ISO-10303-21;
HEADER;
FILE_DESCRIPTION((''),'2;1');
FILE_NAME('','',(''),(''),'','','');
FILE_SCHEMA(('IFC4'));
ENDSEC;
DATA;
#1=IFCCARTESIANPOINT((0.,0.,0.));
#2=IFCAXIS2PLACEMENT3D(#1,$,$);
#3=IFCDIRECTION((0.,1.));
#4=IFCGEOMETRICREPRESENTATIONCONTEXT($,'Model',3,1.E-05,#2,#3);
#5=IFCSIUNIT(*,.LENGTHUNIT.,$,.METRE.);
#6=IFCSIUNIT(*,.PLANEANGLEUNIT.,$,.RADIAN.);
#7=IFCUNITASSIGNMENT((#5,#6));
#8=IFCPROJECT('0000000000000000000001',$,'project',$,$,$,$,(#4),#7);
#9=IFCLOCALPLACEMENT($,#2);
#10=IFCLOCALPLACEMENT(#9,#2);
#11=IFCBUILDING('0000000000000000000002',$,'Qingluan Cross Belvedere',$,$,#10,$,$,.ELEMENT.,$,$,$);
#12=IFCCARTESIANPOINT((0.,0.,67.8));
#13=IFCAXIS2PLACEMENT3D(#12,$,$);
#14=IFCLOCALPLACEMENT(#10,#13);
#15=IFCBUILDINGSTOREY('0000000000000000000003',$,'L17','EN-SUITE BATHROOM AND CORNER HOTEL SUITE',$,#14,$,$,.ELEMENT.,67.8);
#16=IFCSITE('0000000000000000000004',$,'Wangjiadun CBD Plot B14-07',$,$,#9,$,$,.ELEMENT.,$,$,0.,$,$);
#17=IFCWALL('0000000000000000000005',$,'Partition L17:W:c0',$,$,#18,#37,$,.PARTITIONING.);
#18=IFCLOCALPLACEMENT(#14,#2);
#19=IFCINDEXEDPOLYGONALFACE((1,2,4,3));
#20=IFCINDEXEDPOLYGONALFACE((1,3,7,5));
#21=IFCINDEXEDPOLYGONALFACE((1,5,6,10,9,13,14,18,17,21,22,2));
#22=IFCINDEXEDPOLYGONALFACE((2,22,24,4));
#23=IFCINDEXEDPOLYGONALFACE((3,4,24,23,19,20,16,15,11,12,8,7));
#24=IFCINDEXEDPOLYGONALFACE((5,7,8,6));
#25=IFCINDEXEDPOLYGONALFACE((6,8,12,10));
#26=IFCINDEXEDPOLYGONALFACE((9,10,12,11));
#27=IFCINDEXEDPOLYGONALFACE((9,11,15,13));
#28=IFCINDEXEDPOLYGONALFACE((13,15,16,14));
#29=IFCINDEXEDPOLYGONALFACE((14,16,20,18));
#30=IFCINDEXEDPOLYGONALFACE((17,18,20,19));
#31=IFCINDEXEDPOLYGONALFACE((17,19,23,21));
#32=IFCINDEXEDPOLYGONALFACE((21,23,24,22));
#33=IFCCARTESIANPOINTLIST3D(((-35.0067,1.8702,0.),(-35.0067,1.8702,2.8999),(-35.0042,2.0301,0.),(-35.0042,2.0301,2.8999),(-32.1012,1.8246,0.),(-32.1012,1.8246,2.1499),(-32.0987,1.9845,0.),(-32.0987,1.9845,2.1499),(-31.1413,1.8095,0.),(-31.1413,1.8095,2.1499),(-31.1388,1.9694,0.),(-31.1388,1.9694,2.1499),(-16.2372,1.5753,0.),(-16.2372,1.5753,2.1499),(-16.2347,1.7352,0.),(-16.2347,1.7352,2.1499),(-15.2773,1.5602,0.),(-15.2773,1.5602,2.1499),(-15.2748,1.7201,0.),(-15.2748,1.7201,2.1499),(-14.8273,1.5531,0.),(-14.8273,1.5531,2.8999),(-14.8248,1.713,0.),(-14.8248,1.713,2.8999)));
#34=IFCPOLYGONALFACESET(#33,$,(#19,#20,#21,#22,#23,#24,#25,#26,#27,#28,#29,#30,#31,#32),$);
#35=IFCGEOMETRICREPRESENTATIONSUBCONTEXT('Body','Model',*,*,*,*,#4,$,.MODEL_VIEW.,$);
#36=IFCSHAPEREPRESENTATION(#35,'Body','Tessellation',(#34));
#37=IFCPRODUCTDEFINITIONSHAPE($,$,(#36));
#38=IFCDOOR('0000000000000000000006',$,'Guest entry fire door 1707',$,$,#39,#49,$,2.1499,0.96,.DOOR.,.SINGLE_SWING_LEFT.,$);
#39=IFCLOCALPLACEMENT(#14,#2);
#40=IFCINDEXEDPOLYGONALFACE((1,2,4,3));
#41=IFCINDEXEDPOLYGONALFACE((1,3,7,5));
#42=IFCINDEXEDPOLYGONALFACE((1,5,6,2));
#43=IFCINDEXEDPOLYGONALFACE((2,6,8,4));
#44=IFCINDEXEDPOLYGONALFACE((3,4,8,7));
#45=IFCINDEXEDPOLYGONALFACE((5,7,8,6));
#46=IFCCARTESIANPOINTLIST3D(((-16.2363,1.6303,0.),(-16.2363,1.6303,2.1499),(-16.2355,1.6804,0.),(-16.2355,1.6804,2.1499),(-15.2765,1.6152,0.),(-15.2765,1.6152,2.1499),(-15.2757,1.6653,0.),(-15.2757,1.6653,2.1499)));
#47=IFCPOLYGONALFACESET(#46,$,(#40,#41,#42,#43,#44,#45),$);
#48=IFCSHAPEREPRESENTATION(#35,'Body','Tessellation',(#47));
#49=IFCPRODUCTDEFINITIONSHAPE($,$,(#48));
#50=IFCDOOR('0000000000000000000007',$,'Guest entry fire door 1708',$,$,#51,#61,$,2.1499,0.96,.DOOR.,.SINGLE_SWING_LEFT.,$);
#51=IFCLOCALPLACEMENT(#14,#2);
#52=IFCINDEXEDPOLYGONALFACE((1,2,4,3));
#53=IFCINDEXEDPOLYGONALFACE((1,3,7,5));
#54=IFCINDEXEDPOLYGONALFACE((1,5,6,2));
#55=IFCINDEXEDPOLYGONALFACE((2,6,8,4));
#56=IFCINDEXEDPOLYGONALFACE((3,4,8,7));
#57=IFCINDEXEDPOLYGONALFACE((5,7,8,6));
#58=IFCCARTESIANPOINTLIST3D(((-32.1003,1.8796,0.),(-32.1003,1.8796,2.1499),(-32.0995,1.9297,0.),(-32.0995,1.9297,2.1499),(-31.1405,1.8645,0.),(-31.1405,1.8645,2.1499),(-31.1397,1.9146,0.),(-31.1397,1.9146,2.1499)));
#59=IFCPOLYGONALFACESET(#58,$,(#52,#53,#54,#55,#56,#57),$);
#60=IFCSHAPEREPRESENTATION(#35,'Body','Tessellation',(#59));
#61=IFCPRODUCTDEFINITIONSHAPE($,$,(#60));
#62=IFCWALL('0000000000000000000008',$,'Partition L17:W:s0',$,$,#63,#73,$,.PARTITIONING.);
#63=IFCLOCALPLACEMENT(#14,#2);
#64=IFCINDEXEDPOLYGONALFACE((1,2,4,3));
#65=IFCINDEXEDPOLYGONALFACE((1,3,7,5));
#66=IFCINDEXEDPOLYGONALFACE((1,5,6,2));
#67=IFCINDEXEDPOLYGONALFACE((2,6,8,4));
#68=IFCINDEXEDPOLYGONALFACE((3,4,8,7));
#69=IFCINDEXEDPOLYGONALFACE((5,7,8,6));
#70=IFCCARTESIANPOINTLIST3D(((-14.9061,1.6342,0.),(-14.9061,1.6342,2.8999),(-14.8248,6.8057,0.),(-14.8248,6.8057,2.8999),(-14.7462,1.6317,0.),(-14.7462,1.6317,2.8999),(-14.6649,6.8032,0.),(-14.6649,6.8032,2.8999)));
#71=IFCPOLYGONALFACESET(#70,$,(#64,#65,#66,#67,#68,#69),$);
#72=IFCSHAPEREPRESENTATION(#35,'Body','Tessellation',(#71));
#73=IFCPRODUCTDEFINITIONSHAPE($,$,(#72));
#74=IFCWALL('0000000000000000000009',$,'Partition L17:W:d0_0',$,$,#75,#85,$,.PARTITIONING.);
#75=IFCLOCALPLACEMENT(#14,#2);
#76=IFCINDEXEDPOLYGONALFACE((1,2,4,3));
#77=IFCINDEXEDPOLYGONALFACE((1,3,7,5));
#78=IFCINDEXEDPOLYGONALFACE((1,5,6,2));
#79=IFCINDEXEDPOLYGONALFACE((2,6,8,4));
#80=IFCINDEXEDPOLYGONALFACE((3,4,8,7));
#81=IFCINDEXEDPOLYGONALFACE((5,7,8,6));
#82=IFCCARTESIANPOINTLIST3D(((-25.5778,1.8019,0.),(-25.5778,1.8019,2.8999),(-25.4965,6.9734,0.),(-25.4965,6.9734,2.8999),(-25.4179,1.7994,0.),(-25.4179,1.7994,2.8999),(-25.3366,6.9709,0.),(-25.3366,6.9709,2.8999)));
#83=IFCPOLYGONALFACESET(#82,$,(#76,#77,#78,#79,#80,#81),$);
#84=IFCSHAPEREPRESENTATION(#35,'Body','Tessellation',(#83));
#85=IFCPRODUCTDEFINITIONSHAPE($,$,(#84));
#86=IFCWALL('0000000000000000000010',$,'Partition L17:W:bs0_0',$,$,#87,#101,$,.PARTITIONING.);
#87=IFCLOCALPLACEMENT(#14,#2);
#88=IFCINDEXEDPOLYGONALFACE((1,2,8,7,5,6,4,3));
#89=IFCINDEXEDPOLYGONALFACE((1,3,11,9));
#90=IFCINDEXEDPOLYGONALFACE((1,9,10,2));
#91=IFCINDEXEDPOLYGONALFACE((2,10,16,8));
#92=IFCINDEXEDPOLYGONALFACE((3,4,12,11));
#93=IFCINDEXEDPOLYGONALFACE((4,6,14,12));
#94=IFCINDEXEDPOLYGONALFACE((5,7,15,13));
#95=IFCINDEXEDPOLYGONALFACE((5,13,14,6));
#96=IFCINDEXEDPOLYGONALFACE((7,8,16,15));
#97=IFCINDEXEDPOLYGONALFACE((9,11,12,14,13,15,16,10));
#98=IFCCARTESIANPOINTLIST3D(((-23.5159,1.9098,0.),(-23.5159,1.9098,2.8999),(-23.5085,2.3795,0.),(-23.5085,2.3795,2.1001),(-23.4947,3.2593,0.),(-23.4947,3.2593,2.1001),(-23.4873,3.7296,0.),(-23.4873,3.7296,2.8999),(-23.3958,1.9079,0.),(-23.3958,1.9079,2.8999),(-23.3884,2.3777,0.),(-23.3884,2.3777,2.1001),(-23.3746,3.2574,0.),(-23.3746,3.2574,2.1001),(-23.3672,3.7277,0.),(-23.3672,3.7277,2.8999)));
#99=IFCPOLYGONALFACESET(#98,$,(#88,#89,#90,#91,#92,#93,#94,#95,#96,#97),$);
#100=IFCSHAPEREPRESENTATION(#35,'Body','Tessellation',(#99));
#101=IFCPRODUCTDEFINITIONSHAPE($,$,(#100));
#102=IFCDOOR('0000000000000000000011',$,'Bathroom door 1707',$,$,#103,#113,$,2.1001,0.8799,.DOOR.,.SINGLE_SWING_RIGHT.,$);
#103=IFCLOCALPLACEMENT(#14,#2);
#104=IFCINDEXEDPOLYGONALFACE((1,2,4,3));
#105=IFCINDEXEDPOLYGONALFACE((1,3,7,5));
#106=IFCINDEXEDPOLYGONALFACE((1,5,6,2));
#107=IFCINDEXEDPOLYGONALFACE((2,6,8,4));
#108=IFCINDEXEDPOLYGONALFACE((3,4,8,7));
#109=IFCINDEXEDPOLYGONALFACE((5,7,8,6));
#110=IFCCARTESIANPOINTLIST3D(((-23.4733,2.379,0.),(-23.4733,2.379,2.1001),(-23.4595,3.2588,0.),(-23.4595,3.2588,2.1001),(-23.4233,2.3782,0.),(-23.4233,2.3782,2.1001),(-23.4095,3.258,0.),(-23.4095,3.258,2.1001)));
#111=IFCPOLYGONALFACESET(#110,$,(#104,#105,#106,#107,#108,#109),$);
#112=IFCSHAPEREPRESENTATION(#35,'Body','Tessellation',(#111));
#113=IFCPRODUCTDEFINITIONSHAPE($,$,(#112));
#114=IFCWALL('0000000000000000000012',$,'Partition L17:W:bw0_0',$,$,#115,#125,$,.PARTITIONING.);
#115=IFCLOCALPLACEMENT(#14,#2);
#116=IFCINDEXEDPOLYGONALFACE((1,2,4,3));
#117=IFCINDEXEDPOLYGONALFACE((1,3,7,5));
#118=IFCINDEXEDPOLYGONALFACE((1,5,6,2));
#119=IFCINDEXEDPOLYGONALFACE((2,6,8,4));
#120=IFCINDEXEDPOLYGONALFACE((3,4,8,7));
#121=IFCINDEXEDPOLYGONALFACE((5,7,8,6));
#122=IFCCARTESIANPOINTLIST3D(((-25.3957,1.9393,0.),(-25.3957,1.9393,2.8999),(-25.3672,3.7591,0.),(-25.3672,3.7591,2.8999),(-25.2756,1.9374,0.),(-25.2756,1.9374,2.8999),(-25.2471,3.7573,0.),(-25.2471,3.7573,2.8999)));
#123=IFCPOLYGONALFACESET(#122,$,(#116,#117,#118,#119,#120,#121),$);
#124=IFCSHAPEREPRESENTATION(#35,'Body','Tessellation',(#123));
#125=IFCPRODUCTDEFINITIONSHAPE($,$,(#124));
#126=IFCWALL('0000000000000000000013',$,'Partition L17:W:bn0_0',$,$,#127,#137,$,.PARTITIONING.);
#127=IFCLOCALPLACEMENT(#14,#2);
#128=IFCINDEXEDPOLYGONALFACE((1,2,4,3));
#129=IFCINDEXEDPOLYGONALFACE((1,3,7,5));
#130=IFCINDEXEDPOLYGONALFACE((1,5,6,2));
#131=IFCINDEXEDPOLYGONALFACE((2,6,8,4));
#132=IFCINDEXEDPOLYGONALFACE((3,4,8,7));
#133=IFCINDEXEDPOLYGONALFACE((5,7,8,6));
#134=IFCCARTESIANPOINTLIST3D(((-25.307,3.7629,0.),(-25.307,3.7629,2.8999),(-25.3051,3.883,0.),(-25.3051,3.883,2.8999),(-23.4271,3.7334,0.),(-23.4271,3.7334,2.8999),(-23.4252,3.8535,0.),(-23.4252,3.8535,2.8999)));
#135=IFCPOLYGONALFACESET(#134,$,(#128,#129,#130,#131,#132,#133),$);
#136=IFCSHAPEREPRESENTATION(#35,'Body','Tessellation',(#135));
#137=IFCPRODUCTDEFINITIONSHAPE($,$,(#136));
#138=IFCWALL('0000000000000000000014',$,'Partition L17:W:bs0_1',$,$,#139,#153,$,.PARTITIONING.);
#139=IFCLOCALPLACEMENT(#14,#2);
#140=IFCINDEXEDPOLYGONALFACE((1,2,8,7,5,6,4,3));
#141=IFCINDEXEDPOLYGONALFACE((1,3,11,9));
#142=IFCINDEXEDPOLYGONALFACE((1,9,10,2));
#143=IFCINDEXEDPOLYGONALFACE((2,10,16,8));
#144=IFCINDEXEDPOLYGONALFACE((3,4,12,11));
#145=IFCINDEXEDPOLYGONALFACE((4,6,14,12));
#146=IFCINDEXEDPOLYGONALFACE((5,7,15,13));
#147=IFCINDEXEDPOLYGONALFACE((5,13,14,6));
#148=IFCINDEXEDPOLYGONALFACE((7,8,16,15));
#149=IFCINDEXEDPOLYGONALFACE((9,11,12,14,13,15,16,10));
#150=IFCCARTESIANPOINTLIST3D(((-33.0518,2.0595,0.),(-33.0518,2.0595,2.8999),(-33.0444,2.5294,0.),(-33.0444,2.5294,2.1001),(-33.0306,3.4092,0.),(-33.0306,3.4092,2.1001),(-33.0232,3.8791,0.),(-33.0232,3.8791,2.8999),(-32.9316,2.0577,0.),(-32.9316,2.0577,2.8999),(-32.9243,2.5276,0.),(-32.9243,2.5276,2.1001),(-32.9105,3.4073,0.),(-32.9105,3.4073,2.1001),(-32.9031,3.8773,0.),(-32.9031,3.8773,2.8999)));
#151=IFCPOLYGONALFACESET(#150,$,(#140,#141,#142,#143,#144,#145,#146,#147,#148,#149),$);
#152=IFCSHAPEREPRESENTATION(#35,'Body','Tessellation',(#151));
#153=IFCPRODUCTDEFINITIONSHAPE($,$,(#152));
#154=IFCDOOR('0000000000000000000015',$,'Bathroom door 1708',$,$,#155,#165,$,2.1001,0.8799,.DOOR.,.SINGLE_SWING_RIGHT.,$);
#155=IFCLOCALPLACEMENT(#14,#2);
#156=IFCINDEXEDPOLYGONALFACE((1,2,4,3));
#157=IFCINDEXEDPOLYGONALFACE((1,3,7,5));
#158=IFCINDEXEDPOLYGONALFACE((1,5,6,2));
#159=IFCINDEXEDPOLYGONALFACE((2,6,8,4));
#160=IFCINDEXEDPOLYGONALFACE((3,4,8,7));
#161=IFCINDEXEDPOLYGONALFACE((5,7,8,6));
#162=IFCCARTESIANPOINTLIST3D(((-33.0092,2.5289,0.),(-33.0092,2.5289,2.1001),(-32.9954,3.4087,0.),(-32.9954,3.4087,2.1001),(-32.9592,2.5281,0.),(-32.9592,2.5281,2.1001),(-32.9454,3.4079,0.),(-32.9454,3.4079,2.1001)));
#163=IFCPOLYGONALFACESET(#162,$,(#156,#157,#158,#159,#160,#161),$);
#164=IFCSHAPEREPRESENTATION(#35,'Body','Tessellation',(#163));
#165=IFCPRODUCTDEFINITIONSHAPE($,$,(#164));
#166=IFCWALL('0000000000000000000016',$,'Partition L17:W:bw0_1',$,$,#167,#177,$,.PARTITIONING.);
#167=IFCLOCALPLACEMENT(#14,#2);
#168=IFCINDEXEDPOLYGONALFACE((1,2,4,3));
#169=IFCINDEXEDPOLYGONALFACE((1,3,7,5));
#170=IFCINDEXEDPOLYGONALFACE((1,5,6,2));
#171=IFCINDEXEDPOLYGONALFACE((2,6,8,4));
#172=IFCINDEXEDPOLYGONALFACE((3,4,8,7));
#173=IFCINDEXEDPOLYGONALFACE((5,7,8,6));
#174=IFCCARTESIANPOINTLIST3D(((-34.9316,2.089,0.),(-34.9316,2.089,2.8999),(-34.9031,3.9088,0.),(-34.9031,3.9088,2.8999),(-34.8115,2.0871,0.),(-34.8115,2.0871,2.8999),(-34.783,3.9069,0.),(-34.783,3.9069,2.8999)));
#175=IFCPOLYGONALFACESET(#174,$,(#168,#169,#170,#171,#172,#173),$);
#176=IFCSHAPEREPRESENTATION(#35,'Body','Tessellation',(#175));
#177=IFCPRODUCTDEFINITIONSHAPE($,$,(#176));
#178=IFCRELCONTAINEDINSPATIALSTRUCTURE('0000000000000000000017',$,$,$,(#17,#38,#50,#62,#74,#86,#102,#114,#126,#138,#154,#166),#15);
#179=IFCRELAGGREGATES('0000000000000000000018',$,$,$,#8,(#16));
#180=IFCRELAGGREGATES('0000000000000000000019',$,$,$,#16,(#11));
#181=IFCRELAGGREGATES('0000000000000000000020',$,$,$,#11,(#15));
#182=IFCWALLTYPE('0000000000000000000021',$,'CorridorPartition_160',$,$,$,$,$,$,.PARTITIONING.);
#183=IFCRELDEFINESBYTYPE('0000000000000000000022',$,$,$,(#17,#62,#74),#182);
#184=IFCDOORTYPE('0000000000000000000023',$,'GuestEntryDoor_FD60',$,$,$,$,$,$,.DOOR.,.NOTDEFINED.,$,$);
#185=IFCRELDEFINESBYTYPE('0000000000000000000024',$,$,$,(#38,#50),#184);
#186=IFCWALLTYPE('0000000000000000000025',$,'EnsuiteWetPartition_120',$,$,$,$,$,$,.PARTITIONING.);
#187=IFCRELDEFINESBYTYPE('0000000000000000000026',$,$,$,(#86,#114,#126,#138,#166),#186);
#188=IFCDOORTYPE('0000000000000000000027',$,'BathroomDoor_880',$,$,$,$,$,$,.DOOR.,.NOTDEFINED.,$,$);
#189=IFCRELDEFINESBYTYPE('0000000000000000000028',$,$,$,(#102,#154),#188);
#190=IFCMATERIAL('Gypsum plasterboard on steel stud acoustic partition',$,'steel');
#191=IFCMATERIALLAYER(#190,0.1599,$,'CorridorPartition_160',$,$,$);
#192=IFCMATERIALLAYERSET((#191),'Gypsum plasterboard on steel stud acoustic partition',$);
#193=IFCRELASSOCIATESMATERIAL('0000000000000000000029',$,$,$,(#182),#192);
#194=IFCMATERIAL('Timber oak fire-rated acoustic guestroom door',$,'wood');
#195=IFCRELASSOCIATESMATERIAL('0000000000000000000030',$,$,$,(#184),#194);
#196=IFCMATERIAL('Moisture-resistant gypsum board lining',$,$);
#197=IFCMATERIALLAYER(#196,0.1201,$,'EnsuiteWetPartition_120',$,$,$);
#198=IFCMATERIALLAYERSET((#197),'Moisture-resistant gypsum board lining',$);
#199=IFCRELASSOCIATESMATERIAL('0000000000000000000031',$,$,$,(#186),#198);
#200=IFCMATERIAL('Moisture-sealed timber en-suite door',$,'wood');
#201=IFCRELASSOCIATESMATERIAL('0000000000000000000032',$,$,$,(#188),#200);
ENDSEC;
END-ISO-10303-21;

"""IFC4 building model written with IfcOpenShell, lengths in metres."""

from ifc_helpers import new_model, si_unit, direction, frame, frame_2d, origin, place, context, subcontext, project, spatial, rectangle, extrude, material, layer, layer_set, type_object, element, fill, save


model = new_model("IFC4")

# Units and contexts
model_context = context("Model", 3, precision=1e-05, world=origin(), true_north=direction((0.0, 1.0)))
body_context = subcontext(model_context, "Body", "Model", "MODEL_VIEW")
ifc_project = project(units=[si_unit("LENGTHUNIT", "METRE"), si_unit("PLANEANGLEUNIT", "RADIAN")], contexts=[model_context])

# Site, building, storey
site_placement = place(None, origin())
site = spatial("IfcSite", under=ifc_project, at=site_placement, Name="Wangjiadun CBD Plot B14-07", CompositionType="ELEMENT", RefElevation=0.0)
building_placement = place(site_placement, origin())
building = spatial("IfcBuilding", under=site, at=building_placement, Name="Qingluan Cross Belvedere", CompositionType="ELEMENT")
storey_placement = place(building_placement, frame((0.0, 0.0, 67.8)))
storey = spatial("IfcBuildingStorey", under=building, at=storey_placement, Name="L17", Description="EN-SUITE BATHROOM AND CORNER HOTEL SUITE", CompositionType="ELEMENT", Elevation=67.8)

# Wall, openings, doors
ifc_material_1 = material(Name="Gypsum plasterboard on steel stud acoustic partition", Category="steel")
ifc_layer_1 = layer(ifc_material_1, 0.1599, Name="CorridorPartition_160")
ifc_layer_set_1 = layer_set([ifc_layer_1], Name="Gypsum plasterboard on steel stud acoustic partition")
wall_type_1 = type_object("IfcWallType", Name="CorridorPartition_160", PredefinedType="PARTITIONING", material=ifc_layer_set_1)
wall_1_placement = place(storey_placement, frame((-14.8262, 1.6331, 0.0), z_axis=(0.0, 0.0, 1.0), x_axis=(-0.999877, 0.015714, 0.0)))
wall_1 = element("IfcWall", 1, at=wall_1_placement, inside=storey, type_object=wall_type_1, Name="Partition L17:W:c0", PredefinedType="PARTITIONING", context=body_context, shape_type="SweptSolid", body=[
    extrude(rectangle(XDim=20.1819, YDim=0.1599, at=frame_2d((10.0908, 0.0))), origin(), (0.0, 0.0, 1.0), 2.8999),
])
opening_1_placement = place(wall_1_placement, frame((0.45, 0.0, 0.0)))
opening_1 = element("IfcOpeningElement", 2, at=opening_1_placement, cuts=wall_1, PredefinedType="OPENING", context=body_context, shape_type="SweptSolid", body=[
    extrude(rectangle(XDim=0.96, YDim=2.1499, at=frame_2d((0.48, 1.075))), frame((0.0, 0.0898, 0.0), z_axis=(0.0, -1.0, 0.0), x_axis=(1.0, 0.0, 0.0)), (0.0, 0.0, 1.0), 0.1799),
])
opening_2_placement = place(wall_1_placement, frame((16.3159, 0.0, 0.0)))
opening_2 = element("IfcOpeningElement", 3, at=opening_2_placement, cuts=wall_1, PredefinedType="OPENING", context=body_context, shape_type="SweptSolid", body=[
    extrude(rectangle(XDim=0.96, YDim=2.1499, at=frame_2d((0.48, 1.075))), frame((0.0, 0.0898, 0.0), z_axis=(0.0, -1.0, 0.0), x_axis=(1.0, 0.0, 0.0)), (0.0, 0.0, 1.0), 0.1799),
])
ifc_material_2 = material(Name="Timber oak fire-rated acoustic guestroom door", Category="wood")
door_type_1 = type_object("IfcDoorType", Name="GuestEntryDoor_FD60", OperationType="NOTDEFINED", PredefinedType="DOOR", material=ifc_material_2)
door_1_placement = place(opening_1_placement, origin())
door_1 = element("IfcDoor", 4, at=door_1_placement, inside=storey, type_object=door_type_1, Name="Guest entry fire door 1707", OperationType="SINGLE_SWING_LEFT", OverallHeight=2.1499, OverallWidth=0.96, PredefinedType="DOOR", context=body_context, shape_type="SweptSolid", body=[
    extrude(rectangle(XDim=0.96, YDim=2.1499, at=frame_2d((0.48, 1.075))), frame((0.0, 0.0249, 0.0), z_axis=(0.0, -1.0, 0.0), x_axis=(1.0, 0.0, 0.0)), (0.0, 0.0, 1.0), 0.05),
])
fill(opening_1, door_1)
door_2_placement = place(opening_2_placement, origin())
door_2 = element("IfcDoor", 5, at=door_2_placement, inside=storey, type_object=door_type_1, Name="Guest entry fire door 1708", OperationType="SINGLE_SWING_LEFT", OverallHeight=2.1499, OverallWidth=0.96, PredefinedType="DOOR", context=body_context, shape_type="SweptSolid", body=[
    extrude(rectangle(XDim=0.96, YDim=2.1499, at=frame_2d((0.48, 1.075))), frame((0.0, 0.0249, 0.0), z_axis=(0.0, -1.0, 0.0), x_axis=(1.0, 0.0, 0.0)), (0.0, 0.0, 1.0), 0.05),
])
fill(opening_2, door_2)

# Walls
for number, where, z_axis, x_axis, name in (
    (6, (-14.8262, 1.6331, 0.0), (0.0, 0.0, 1.0), (0.015719, 0.999876, 0.0), "Partition L17:W:s0"),
    (7, (-25.4978, 1.8008, 0.0), (0.0, 0.0, 1.0), (0.015719, 0.999876, 0.0), "Partition L17:W:d0_0"),
):
    element("IfcWall", number, at=place(storey_placement, frame(where, z_axis=z_axis, x_axis=x_axis)), inside=storey, type_object=wall_type_1, Name=name, PredefinedType="PARTITIONING", context=body_context, shape_type="SweptSolid", body=[
        extrude(rectangle(XDim=5.1721, YDim=0.1599, at=frame_2d((2.5859, 0.0))), origin(), (0.0, 0.0, 1.0), 2.8999),
    ])

# Wall, opening, door
ifc_material_3 = material(Name="Moisture-resistant gypsum board lining")
ifc_layer_2 = layer(ifc_material_3, 0.1201, Name="EnsuiteWetPartition_120")
ifc_layer_set_2 = layer_set([ifc_layer_2], Name="Moisture-resistant gypsum board lining")
wall_type_2 = type_object("IfcWallType", Name="EnsuiteWetPartition_120", PredefinedType="PARTITIONING", material=ifc_layer_set_2)
wall_2_placement = place(storey_placement, frame((-23.4558, 1.9087, 0.0), z_axis=(0.0, 0.0, 1.0), x_axis=(0.015694, 0.999877, 0.0)))
wall_2 = element("IfcWall", 8, at=wall_2_placement, inside=storey, type_object=wall_type_2, Name="Partition L17:W:bs0_0", PredefinedType="PARTITIONING", context=body_context, shape_type="SweptSolid", body=[
    extrude(rectangle(XDim=1.8201, YDim=0.1201, at=frame_2d((0.9102, 0.0))), origin(), (0.0, 0.0, 1.0), 2.8999),
])
opening_3_placement = place(wall_2_placement, frame((0.47, 0.0, 0.0)))
opening_3 = element("IfcOpeningElement", 9, at=opening_3_placement, cuts=wall_2, PredefinedType="OPENING", context=body_context, shape_type="SweptSolid", body=[
    extrude(rectangle(XDim=0.8799, YDim=2.1001, at=frame_2d((0.4399, 1.05))), frame((0.0, 0.0701, 0.0), z_axis=(0.0, -1.0, 0.0), x_axis=(1.0, 0.0, 0.0)), (0.0, 0.0, 1.0), 0.1401),
])
ifc_material_4 = material(Name="Moisture-sealed timber en-suite door", Category="wood")
door_type_2 = type_object("IfcDoorType", Name="BathroomDoor_880", OperationType="NOTDEFINED", PredefinedType="DOOR", material=ifc_material_4)
door_3_placement = place(opening_3_placement, origin())
door_3 = element("IfcDoor", 10, at=door_3_placement, inside=storey, type_object=door_type_2, Name="Bathroom door 1707", OperationType="SINGLE_SWING_RIGHT", OverallHeight=2.1001, OverallWidth=0.8799, PredefinedType="DOOR", context=body_context, shape_type="SweptSolid", body=[
    extrude(rectangle(XDim=0.8799, YDim=2.1001, at=frame_2d((0.4399, 1.05))), frame((0.0, 0.0249, 0.0), z_axis=(0.0, -1.0, 0.0), x_axis=(1.0, 0.0, 0.0)), (0.0, 0.0, 1.0), 0.05),
])
fill(opening_3, door_3)

# Walls
wall_3_placement = place(storey_placement, frame((-25.3357, 1.9382, 0.0), z_axis=(0.0, 0.0, 1.0), x_axis=(0.015694, 0.999877, 0.0)))
element("IfcWall", 11, at=wall_3_placement, inside=storey, type_object=wall_type_2, Name="Partition L17:W:bw0_0", PredefinedType="PARTITIONING", context=body_context, shape_type="SweptSolid", body=[
    extrude(rectangle(XDim=1.8201, YDim=0.1201, at=frame_2d((0.9102, 0.0))), origin(), (0.0, 0.0, 1.0), 2.8999),
])
wall_4_placement = place(storey_placement, frame((-23.4263, 3.7935, 0.0), z_axis=(0.0, 0.0, 1.0), x_axis=(-0.999877, 0.015712, 0.0)))
element("IfcWall", 12, at=wall_4_placement, inside=storey, type_object=wall_type_2, Name="Partition L17:W:bn0_0", PredefinedType="PARTITIONING", context=body_context, shape_type="SweptSolid", body=[
    extrude(rectangle(XDim=1.8801, YDim=0.1201, at=frame_2d((0.9399, 0.0))), origin(), (0.0, 0.0, 1.0), 2.8999),
])

# Wall, opening, door
wall_5_placement = place(storey_placement, frame((-32.9917, 2.0586, 0.0), z_axis=(0.0, 0.0, 1.0), x_axis=(0.015696, 0.999877, 0.0)))
wall_5 = element("IfcWall", 13, at=wall_5_placement, inside=storey, type_object=wall_type_2, Name="Partition L17:W:bs0_1", PredefinedType="PARTITIONING", context=body_context, shape_type="SweptSolid", body=[
    extrude(rectangle(XDim=1.8198, YDim=0.1201, at=frame_2d((0.9099, 0.0))), origin(), (0.0, 0.0, 1.0), 2.8999),
])
opening_4_placement = place(wall_5_placement, frame((0.47, 0.0, 0.0)))
opening_4 = element("IfcOpeningElement", 14, at=opening_4_placement, cuts=wall_5, PredefinedType="OPENING", context=body_context, shape_type="SweptSolid", body=[
    extrude(rectangle(XDim=0.8799, YDim=2.1001, at=frame_2d((0.4399, 1.05))), frame((0.0, 0.0701, 0.0), z_axis=(0.0, -1.0, 0.0), x_axis=(1.0, 0.0, 0.0)), (0.0, 0.0, 1.0), 0.1401),
])
door_4_placement = place(opening_4_placement, origin())
door_4 = element("IfcDoor", 15, at=door_4_placement, inside=storey, type_object=door_type_2, Name="Bathroom door 1708", OperationType="SINGLE_SWING_RIGHT", OverallHeight=2.1001, OverallWidth=0.8799, PredefinedType="DOOR", context=body_context, shape_type="SweptSolid", body=[
    extrude(rectangle(XDim=0.8799, YDim=2.1001, at=frame_2d((0.4399, 1.05))), frame((0.0, 0.0249, 0.0), z_axis=(0.0, -1.0, 0.0), x_axis=(1.0, 0.0, 0.0)), (0.0, 0.0, 1.0), 0.05),
])
fill(opening_4, door_4)

# Wall
wall_6_placement = place(storey_placement, frame((-34.8716, 2.0879, 0.0), z_axis=(0.0, 0.0, 1.0), x_axis=(0.015694, 0.999877, 0.0)))
element("IfcWall", 16, at=wall_6_placement, inside=storey, type_object=wall_type_2, Name="Partition L17:W:bw0_1", PredefinedType="PARTITIONING", context=body_context, shape_type="SweptSolid", body=[
    extrude(rectangle(XDim=1.8201, YDim=0.1201, at=frame_2d((0.9102, 0.0))), origin(), (0.0, 0.0, 1.0), 2.8999),
])

save(model, "model.ifc")
